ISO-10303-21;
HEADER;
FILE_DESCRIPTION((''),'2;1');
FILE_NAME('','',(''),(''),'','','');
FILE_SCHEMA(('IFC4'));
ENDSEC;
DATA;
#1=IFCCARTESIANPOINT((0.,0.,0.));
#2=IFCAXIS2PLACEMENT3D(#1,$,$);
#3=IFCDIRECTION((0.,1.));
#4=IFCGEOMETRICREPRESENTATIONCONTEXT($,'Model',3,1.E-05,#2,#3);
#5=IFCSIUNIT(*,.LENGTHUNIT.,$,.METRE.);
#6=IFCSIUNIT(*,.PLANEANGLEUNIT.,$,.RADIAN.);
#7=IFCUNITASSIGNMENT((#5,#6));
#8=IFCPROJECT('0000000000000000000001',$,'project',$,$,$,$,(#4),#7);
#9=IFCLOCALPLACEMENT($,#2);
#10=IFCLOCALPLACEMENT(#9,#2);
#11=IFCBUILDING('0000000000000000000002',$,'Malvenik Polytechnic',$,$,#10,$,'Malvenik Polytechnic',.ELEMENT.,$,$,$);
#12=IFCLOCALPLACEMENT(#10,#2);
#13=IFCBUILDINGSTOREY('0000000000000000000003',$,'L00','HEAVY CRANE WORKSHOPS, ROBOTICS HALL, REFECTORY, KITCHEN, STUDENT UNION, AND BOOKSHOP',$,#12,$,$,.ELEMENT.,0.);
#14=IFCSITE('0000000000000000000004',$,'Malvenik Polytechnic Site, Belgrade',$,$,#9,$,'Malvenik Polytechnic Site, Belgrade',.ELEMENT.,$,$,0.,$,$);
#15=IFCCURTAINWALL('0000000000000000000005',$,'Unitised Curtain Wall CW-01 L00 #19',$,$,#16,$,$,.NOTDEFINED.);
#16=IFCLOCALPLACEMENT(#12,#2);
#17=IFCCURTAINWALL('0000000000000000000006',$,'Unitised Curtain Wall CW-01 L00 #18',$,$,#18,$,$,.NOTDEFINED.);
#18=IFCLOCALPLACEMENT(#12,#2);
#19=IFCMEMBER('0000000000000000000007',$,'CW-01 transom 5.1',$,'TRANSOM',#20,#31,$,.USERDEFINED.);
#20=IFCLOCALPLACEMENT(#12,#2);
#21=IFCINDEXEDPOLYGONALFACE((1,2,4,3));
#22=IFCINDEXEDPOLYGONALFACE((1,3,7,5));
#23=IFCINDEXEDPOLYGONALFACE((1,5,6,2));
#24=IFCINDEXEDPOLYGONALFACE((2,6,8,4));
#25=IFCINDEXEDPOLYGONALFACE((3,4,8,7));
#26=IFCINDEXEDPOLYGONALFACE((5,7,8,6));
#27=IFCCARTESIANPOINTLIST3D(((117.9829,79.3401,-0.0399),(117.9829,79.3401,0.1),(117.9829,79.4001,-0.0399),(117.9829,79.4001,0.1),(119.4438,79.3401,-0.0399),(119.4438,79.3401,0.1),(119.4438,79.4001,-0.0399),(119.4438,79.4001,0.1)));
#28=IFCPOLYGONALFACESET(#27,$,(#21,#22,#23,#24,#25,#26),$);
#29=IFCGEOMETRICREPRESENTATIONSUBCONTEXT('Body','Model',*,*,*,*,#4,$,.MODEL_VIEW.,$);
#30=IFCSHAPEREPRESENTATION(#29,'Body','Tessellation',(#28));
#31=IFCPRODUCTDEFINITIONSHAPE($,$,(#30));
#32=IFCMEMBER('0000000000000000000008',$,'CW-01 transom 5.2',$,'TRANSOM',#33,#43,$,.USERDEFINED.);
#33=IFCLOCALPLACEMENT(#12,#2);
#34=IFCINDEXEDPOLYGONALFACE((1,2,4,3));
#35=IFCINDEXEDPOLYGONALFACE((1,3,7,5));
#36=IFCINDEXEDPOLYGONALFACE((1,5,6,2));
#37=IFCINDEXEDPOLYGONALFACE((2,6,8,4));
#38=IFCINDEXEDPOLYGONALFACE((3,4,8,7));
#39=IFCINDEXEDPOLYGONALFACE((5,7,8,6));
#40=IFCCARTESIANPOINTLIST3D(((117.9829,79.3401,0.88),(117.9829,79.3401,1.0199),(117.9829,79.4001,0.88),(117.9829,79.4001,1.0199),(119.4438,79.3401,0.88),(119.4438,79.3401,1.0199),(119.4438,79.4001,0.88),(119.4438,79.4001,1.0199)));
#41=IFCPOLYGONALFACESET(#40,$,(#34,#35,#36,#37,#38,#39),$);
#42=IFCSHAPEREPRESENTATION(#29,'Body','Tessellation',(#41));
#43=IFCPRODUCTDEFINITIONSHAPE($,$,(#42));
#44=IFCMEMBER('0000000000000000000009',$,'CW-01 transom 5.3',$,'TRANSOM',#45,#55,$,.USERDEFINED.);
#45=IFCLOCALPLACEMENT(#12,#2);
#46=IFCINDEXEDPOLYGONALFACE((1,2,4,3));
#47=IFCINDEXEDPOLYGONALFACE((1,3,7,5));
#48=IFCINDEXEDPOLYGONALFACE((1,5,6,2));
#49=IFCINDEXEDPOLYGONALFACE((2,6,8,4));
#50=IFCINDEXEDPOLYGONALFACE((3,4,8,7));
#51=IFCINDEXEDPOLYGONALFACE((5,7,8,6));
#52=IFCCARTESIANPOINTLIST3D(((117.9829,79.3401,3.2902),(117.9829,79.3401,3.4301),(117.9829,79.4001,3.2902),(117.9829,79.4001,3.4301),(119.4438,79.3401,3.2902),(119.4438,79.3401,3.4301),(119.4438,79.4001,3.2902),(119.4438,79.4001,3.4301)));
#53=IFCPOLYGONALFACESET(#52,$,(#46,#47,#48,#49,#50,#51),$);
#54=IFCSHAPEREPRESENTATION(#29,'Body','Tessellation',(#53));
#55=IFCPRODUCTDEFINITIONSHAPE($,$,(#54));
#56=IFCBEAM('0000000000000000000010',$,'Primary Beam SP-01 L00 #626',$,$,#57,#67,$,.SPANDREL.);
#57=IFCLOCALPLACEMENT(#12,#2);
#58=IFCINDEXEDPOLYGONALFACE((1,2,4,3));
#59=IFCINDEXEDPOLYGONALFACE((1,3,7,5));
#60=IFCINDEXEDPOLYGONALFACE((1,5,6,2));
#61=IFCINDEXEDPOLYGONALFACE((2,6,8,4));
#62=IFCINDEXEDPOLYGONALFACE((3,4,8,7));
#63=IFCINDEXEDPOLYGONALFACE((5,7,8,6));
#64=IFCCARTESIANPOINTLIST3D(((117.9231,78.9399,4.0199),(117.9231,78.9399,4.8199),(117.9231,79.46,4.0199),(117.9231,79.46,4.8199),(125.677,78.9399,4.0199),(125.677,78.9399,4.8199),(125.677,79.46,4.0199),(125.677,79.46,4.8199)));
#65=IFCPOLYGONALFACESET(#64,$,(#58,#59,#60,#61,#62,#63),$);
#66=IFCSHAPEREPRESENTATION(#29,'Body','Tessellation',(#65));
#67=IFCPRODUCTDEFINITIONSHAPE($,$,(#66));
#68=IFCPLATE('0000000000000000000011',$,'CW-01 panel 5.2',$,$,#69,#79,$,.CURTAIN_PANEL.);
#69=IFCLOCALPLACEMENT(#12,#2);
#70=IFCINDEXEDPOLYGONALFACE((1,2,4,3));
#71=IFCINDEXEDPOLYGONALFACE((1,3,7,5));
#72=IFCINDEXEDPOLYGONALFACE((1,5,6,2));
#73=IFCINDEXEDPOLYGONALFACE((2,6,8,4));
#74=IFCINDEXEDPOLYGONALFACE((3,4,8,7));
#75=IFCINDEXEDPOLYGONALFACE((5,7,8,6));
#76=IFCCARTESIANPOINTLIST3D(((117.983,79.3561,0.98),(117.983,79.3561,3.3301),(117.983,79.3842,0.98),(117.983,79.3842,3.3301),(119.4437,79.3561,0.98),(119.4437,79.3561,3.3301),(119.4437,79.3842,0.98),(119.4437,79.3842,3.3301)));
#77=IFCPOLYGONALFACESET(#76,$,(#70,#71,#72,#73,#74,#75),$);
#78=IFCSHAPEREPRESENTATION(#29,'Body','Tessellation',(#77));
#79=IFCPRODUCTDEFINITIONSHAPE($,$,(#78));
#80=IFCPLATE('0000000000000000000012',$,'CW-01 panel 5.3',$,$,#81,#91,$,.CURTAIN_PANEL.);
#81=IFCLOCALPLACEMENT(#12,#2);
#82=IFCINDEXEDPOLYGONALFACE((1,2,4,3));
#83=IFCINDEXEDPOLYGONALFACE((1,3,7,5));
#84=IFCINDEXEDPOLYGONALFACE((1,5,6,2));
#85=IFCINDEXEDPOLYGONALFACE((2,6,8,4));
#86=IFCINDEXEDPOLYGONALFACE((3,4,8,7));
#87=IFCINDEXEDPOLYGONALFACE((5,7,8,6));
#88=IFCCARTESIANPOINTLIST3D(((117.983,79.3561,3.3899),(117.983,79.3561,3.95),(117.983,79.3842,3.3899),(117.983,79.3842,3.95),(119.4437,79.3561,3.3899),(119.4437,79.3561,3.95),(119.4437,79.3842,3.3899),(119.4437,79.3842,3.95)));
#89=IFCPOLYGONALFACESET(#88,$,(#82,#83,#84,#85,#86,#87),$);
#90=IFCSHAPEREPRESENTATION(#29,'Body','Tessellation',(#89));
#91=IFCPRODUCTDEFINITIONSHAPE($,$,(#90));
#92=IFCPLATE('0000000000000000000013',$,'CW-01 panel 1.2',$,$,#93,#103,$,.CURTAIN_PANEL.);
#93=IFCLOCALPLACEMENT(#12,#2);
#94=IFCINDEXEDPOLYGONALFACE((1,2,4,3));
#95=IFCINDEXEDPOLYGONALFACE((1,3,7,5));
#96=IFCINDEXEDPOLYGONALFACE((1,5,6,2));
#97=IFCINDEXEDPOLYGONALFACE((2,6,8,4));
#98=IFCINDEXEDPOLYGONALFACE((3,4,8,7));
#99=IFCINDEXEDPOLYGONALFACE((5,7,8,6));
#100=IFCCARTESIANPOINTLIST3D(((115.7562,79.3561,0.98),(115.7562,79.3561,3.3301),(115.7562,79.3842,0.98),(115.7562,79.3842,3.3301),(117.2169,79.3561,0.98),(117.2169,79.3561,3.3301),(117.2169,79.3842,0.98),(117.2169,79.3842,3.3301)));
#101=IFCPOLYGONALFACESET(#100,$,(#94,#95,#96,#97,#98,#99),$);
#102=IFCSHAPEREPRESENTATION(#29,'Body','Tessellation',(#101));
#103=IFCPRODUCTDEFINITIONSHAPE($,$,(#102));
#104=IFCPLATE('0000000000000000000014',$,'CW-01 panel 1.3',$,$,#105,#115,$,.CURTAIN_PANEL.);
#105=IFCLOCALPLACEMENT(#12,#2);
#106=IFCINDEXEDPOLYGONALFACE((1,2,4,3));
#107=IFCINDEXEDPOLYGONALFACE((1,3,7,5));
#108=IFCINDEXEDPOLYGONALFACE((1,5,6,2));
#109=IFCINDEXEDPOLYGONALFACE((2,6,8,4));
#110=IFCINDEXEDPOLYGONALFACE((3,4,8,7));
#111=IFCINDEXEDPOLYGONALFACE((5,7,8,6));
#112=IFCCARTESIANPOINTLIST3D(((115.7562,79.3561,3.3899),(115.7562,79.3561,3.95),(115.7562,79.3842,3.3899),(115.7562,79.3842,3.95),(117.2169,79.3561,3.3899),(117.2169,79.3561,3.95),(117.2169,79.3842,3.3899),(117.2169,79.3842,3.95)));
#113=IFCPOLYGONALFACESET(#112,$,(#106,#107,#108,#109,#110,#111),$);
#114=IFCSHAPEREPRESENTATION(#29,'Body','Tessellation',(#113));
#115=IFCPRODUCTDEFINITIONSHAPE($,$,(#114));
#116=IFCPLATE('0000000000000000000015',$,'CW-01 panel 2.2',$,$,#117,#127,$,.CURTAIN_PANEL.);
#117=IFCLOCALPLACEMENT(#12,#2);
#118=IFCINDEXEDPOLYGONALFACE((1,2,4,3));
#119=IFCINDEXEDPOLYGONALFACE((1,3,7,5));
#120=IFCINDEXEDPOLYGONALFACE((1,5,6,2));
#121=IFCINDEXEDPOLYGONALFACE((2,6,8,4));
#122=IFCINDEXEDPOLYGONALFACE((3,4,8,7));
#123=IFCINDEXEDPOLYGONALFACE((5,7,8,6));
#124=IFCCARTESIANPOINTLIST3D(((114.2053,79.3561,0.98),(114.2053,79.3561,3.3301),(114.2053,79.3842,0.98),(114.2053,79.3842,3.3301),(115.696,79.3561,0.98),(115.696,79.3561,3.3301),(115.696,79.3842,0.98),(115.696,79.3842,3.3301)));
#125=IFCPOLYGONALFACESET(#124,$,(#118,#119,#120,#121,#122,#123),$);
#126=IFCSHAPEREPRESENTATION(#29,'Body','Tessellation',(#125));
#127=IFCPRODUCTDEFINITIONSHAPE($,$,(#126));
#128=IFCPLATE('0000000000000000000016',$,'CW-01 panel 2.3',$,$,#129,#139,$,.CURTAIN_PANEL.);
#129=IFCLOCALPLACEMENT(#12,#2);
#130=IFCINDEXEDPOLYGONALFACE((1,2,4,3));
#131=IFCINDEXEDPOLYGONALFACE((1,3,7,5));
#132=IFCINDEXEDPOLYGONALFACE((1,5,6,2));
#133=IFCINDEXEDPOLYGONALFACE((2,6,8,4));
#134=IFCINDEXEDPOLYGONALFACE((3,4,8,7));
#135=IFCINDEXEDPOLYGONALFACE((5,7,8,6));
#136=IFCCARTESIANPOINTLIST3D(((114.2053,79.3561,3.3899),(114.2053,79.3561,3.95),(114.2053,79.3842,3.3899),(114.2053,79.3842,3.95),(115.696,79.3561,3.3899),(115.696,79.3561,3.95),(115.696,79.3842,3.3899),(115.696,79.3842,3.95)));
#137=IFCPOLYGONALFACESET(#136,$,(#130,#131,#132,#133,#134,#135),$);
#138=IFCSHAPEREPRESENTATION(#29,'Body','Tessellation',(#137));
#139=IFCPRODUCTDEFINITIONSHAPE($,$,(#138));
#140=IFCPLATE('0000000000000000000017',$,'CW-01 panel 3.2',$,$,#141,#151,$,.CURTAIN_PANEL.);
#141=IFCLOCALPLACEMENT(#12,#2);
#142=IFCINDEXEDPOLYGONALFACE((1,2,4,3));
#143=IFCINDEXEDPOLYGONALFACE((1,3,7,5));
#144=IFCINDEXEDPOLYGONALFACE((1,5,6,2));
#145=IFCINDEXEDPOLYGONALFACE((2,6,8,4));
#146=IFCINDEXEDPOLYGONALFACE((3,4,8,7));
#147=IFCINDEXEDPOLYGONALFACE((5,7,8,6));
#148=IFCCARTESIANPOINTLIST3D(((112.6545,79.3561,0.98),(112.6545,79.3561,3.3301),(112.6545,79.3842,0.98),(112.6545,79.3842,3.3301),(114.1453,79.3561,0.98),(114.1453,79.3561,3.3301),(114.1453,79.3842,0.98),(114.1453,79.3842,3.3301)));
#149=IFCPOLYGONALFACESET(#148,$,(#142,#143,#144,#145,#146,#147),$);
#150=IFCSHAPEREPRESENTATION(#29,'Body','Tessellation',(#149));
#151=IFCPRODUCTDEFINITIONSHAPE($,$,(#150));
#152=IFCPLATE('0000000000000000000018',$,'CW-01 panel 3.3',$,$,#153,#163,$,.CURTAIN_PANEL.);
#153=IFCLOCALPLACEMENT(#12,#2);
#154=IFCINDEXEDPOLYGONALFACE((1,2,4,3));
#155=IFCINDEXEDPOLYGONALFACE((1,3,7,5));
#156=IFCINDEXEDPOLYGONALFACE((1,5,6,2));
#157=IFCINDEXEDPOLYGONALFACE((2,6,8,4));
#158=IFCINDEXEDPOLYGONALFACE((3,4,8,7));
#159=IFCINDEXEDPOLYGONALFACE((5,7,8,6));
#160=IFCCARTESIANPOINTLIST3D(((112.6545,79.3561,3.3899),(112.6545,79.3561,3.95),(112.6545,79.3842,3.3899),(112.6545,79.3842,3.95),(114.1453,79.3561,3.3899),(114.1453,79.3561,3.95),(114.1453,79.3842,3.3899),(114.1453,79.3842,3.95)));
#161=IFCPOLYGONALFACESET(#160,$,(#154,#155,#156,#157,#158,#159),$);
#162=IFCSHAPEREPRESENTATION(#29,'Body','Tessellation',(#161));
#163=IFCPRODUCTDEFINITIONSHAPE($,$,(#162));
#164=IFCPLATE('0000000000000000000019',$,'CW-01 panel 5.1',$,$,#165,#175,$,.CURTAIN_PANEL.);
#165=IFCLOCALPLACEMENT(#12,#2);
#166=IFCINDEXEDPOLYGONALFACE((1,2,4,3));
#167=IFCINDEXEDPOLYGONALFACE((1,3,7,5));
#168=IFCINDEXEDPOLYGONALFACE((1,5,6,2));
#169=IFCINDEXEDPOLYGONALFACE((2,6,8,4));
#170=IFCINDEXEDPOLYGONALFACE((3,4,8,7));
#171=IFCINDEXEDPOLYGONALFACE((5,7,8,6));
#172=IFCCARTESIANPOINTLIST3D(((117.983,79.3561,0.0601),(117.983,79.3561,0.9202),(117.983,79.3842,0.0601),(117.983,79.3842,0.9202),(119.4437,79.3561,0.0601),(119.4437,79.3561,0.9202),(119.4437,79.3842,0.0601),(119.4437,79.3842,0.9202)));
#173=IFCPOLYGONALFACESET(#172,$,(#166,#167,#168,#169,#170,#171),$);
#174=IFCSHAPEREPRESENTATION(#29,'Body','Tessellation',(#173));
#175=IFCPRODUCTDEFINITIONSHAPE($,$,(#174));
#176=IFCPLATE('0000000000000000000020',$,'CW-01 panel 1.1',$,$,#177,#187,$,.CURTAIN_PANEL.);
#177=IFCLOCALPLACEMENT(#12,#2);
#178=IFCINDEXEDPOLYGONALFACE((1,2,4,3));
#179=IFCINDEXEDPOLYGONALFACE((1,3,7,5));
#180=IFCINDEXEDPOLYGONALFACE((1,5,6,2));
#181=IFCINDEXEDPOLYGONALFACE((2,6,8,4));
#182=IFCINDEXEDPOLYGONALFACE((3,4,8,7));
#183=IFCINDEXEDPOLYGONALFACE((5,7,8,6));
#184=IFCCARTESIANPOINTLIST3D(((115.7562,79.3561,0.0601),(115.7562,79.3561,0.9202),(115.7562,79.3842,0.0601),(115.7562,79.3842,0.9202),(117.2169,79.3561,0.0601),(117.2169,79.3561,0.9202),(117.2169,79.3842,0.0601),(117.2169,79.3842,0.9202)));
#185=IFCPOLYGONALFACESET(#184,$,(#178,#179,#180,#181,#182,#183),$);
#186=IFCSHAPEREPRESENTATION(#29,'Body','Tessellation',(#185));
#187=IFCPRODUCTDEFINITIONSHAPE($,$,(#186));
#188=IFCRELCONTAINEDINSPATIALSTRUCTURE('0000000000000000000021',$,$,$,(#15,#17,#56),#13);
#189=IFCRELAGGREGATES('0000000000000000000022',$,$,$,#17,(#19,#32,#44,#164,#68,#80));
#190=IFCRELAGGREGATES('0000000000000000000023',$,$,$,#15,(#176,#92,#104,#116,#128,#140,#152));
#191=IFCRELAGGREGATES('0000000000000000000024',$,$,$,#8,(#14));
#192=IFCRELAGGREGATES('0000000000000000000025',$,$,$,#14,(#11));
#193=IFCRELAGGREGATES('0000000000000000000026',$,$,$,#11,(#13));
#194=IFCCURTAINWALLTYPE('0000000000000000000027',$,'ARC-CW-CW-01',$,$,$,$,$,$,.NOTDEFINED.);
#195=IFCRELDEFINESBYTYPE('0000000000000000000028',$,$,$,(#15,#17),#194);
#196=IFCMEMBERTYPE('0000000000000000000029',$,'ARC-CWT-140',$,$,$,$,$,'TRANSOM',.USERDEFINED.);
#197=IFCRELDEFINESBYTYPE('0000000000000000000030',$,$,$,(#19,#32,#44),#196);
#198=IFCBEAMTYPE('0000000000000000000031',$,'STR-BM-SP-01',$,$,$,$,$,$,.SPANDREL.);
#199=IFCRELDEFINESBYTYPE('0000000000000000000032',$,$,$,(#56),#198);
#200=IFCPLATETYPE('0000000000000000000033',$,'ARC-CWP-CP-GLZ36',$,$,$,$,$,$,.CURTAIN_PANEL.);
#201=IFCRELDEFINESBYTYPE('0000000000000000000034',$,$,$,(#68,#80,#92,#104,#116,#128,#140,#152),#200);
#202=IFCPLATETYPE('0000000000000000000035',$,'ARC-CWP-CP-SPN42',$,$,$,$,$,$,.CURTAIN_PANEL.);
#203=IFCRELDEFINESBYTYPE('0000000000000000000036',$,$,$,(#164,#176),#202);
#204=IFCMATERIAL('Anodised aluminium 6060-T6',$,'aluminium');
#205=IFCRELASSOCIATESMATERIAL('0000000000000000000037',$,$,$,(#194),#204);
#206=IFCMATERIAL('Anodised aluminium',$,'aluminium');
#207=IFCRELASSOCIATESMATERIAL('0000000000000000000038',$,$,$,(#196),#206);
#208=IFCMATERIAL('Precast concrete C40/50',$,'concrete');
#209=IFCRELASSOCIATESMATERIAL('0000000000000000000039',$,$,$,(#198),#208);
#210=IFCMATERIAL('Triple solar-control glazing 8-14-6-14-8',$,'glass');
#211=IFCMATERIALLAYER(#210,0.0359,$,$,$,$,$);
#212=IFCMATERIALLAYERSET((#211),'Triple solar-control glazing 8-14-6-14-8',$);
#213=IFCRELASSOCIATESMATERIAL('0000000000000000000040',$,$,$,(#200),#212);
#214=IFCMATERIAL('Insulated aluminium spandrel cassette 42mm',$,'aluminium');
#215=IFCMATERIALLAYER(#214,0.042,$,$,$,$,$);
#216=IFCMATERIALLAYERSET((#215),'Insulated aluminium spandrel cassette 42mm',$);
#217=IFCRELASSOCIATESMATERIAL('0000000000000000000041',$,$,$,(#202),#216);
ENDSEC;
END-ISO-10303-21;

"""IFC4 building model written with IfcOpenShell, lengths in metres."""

from ifc_helpers import new_model, si_unit, direction, frame, origin, origin_2d, place, context, subcontext, project, spatial, rectangle, extrude, material, layer, layer_set, material_profile, profile_set, type_object, element, aggregate, save


model = new_model("IFC4")

# Units and contexts
model_context = context("Model", 3, precision=1e-05, world=origin(), true_north=direction((0.0, 1.0)))
body_context = subcontext(model_context, "Body", "Model", "MODEL_VIEW")
ifc_project = project(units=[si_unit("LENGTHUNIT", "METRE"), si_unit("PLANEANGLEUNIT", "RADIAN")], contexts=[model_context])

# Site, building, storey
site_placement = place(None, origin())
site = spatial("IfcSite", under=ifc_project, at=site_placement, Name="Malvenik Polytechnic Site, Belgrade", LongName="Malvenik Polytechnic Site, Belgrade", CompositionType="ELEMENT", RefElevation=0.0)
building_placement = place(site_placement, origin())
building = spatial("IfcBuilding", under=site, at=building_placement, Name="Malvenik Polytechnic", LongName="Malvenik Polytechnic", CompositionType="ELEMENT")
storey_placement = place(building_placement, origin())
storey = spatial("IfcBuildingStorey", under=building, at=storey_placement, Name="L00", Description="HEAVY CRANE WORKSHOPS, ROBOTICS HALL, REFECTORY, KITCHEN, STUDENT UNION, AND BOOKSHOP", CompositionType="ELEMENT", Elevation=0.0)

# Curtain wall
ifc_material_1 = material(Name="Anodised aluminium 6060-T6", Category="aluminium")
curtain_wall_type = type_object("IfcCurtainWallType", Name="ARC-CW-CW-01", PredefinedType="NOTDEFINED", material=ifc_material_1)
curtain_wall_1_placement = place(storey_placement, origin())
curtain_wall_1 = element("IfcCurtainWall", 1, at=curtain_wall_1_placement, inside=storey, type_object=curtain_wall_type, Name="Unitised Curtain Wall CW-01 L00 #19", PredefinedType="NOTDEFINED")
ifc_material_2 = material(Name="Anodised aluminium", Category="aluminium")

# Curtain wall
curtain_wall_2_placement = place(storey_placement, origin())
curtain_wall_2 = element("IfcCurtainWall", 2, at=curtain_wall_2_placement, inside=storey, type_object=curtain_wall_type, Name="Unitised Curtain Wall CW-01 L00 #18", PredefinedType="NOTDEFINED")

# Members
ifc_material_profile_1 = material_profile(ifc_material_2, rectangle(XDim=0.0601, YDim=0.1399, at=origin_2d()), Name="ALU TRANSOM 60x140")
ifc_profile_set_1 = profile_set([ifc_material_profile_1], Name="Anodised aluminium")
member_type_1 = type_object("IfcMemberType", Name="ARC-CWT-140", ElementType="TRANSOM", PredefinedType="USERDEFINED", material=ifc_profile_set_1)
member_1_placement = place(storey_placement, frame((119.4438, 79.3701, 0.03), z_axis=(-1.0, 0.0, 0.0), x_axis=(0.0, -1.0, 0.0)))
member_1 = element("IfcMember", 3, at=member_1_placement, type_object=member_type_1, Name="CW-01 transom 5.1", ObjectType="TRANSOM", PredefinedType="USERDEFINED", context=body_context, shape_type="SweptSolid", body=[
    extrude(rectangle(XDim=0.0601, YDim=0.1399, at=origin_2d()), origin(), (0.0, 0.0, 1.0), 1.4609),
])
member_2_placement = place(storey_placement, frame((119.4438, 79.3701, 0.95), z_axis=(-1.0, 0.0, 0.0), x_axis=(0.0, -1.0, 0.0)))
member_2 = element("IfcMember", 4, at=member_2_placement, type_object=member_type_1, Name="CW-01 transom 5.2", ObjectType="TRANSOM", PredefinedType="USERDEFINED", context=body_context, shape_type="SweptSolid", body=[
    extrude(rectangle(XDim=0.0601, YDim=0.1399, at=origin_2d()), origin(), (0.0, 0.0, 1.0), 1.4609),
])
member_3_placement = place(storey_placement, frame((119.4438, 79.3701, 3.3601), z_axis=(-1.0, 0.0, 0.0), x_axis=(0.0, -1.0, 0.0)))
member_3 = element("IfcMember", 5, at=member_3_placement, type_object=member_type_1, Name="CW-01 transom 5.3", ObjectType="TRANSOM", PredefinedType="USERDEFINED", context=body_context, shape_type="SweptSolid", body=[
    extrude(rectangle(XDim=0.0601, YDim=0.1399, at=origin_2d()), origin(), (0.0, 0.0, 1.0), 1.4609),
])

# Beam
ifc_material_3 = material(Name="Precast concrete C40/50", Category="concrete")
ifc_material_profile_2 = material_profile(ifc_material_3, rectangle(XDim=0.52, YDim=0.8, at=origin_2d()), Name="PC SPN 520x800")
ifc_profile_set_2 = profile_set([ifc_material_profile_2], Name="Precast concrete C40/50")
beam_type = type_object("IfcBeamType", Name="STR-BM-SP-01", PredefinedType="SPANDREL", material=ifc_profile_set_2)
beam_placement = place(storey_placement, frame((117.9231, 79.2, 4.4199), z_axis=(1.0, 0.0, 0.0), x_axis=(0.0, 1.0, 0.0)))
element("IfcBeam", 6, at=beam_placement, inside=storey, type_object=beam_type, Name="Primary Beam SP-01 L00 #626", PredefinedType="SPANDREL", context=body_context, shape_type="SweptSolid", body=[
    extrude(rectangle(XDim=0.52, YDim=0.8, at=origin_2d()), origin(), (0.0, 0.0, 1.0), 7.7539),
])

# Plates
ifc_material_4 = material(Name="Triple solar-control glazing 8-14-6-14-8", Category="glass")
ifc_layer_1 = layer(ifc_material_4, 0.0359)
ifc_layer_set_1 = layer_set([ifc_layer_1], Name="Triple solar-control glazing 8-14-6-14-8")
plate_type_1 = type_object("IfcPlateType", Name="ARC-CWP-CP-GLZ36", PredefinedType="CURTAIN_PANEL", material=ifc_layer_set_1)
plate_1_placement = place(storey_placement, frame((118.7134, 79.3701, 0.98), z_axis=(0.0, 0.0, 1.0), x_axis=(-1.0, 0.0, 0.0)))
plate_1 = element("IfcPlate", 7, at=plate_1_placement, type_object=plate_type_1, Name="CW-01 panel 5.2", PredefinedType="CURTAIN_PANEL", context=body_context, shape_type="SweptSolid", body=[
    extrude(rectangle(XDim=1.4607, YDim=0.0281, at=origin_2d()), origin(), (0.0, 0.0, 1.0), 2.3501),
])
plate_2_placement = place(storey_placement, frame((118.7134, 79.3701, 3.3899), z_axis=(0.0, 0.0, 1.0), x_axis=(-1.0, 0.0, 0.0)))
plate_2 = element("IfcPlate", 8, at=plate_2_placement, type_object=plate_type_1, Name="CW-01 panel 5.3", PredefinedType="CURTAIN_PANEL", context=body_context, shape_type="SweptSolid", body=[
    extrude(rectangle(XDim=1.4607, YDim=0.0281, at=origin_2d()), origin(), (0.0, 0.0, 1.0), 0.5601),
])
plate_3_placement = place(storey_placement, frame((116.4866, 79.3701, 0.98), z_axis=(0.0, 0.0, 1.0), x_axis=(-1.0, 0.0, 0.0)))
plate_3 = element("IfcPlate", 9, at=plate_3_placement, type_object=plate_type_1, Name="CW-01 panel 1.2", PredefinedType="CURTAIN_PANEL", context=body_context, shape_type="SweptSolid", body=[
    extrude(rectangle(XDim=1.4607, YDim=0.0281, at=origin_2d()), origin(), (0.0, 0.0, 1.0), 2.3501),
])
plate_4_placement = place(storey_placement, frame((116.4866, 79.3701, 3.3899), z_axis=(0.0, 0.0, 1.0), x_axis=(-1.0, 0.0, 0.0)))
plate_4 = element("IfcPlate", 10, at=plate_4_placement, type_object=plate_type_1, Name="CW-01 panel 1.3", PredefinedType="CURTAIN_PANEL", context=body_context, shape_type="SweptSolid", body=[
    extrude(rectangle(XDim=1.4607, YDim=0.0281, at=origin_2d()), origin(), (0.0, 0.0, 1.0), 0.5601),
])
plate_5_placement = place(storey_placement, frame((114.9507, 79.3701, 0.98), z_axis=(0.0, 0.0, 1.0), x_axis=(-1.0, 0.0, 0.0)))
plate_5 = element("IfcPlate", 11, at=plate_5_placement, type_object=plate_type_1, Name="CW-01 panel 2.2", PredefinedType="CURTAIN_PANEL", context=body_context, shape_type="SweptSolid", body=[
    extrude(rectangle(XDim=1.4907, YDim=0.0281, at=origin_2d()), origin(), (0.0, 0.0, 1.0), 2.3501),
])
plate_6_placement = place(storey_placement, frame((114.9507, 79.3701, 3.3899), z_axis=(0.0, 0.0, 1.0), x_axis=(-1.0, 0.0, 0.0)))
plate_6 = element("IfcPlate", 12, at=plate_6_placement, type_object=plate_type_1, Name="CW-01 panel 2.3", PredefinedType="CURTAIN_PANEL", context=body_context, shape_type="SweptSolid", body=[
    extrude(rectangle(XDim=1.4907, YDim=0.0281, at=origin_2d()), origin(), (0.0, 0.0, 1.0), 0.5601),
])
plate_7_placement = place(storey_placement, frame((113.3999, 79.3701, 0.98), z_axis=(0.0, 0.0, 1.0), x_axis=(-1.0, 0.0, 0.0)))
plate_7 = element("IfcPlate", 13, at=plate_7_placement, type_object=plate_type_1, Name="CW-01 panel 3.2", PredefinedType="CURTAIN_PANEL", context=body_context, shape_type="SweptSolid", body=[
    extrude(rectangle(XDim=1.4907, YDim=0.0281, at=origin_2d()), origin(), (0.0, 0.0, 1.0), 2.3501),
])
plate_8_placement = place(storey_placement, frame((113.3999, 79.3701, 3.3899), z_axis=(0.0, 0.0, 1.0), x_axis=(-1.0, 0.0, 0.0)))
plate_8 = element("IfcPlate", 14, at=plate_8_placement, type_object=plate_type_1, Name="CW-01 panel 3.3", PredefinedType="CURTAIN_PANEL", context=body_context, shape_type="SweptSolid", body=[
    extrude(rectangle(XDim=1.4907, YDim=0.0281, at=origin_2d()), origin(), (0.0, 0.0, 1.0), 0.5601),
])
ifc_material_5 = material(Name="Insulated aluminium spandrel cassette 42mm", Category="aluminium")
ifc_layer_2 = layer(ifc_material_5, 0.042)
ifc_layer_set_2 = layer_set([ifc_layer_2], Name="Insulated aluminium spandrel cassette 42mm")
plate_type_2 = type_object("IfcPlateType", Name="ARC-CWP-CP-SPN42", PredefinedType="CURTAIN_PANEL", material=ifc_layer_set_2)
plate_9_placement = place(storey_placement, frame((118.7134, 79.3701, 0.0601), z_axis=(0.0, 0.0, 1.0), x_axis=(-1.0, 0.0, 0.0)))
plate_9 = element("IfcPlate", 15, at=plate_9_placement, type_object=plate_type_2, Name="CW-01 panel 5.1", PredefinedType="CURTAIN_PANEL", context=body_context, shape_type="SweptSolid", body=[
    extrude(rectangle(XDim=1.4607, YDim=0.0281, at=origin_2d()), origin(), (0.0, 0.0, 1.0), 0.8601),
])
aggregate(curtain_wall_2, [member_1, member_2, member_3, plate_9, plate_1, plate_2])
plate_10_placement = place(storey_placement, frame((116.4866, 79.3701, 0.0601), z_axis=(0.0, 0.0, 1.0), x_axis=(-1.0, 0.0, 0.0)))
plate_10 = element("IfcPlate", 16, at=plate_10_placement, type_object=plate_type_2, Name="CW-01 panel 1.1", PredefinedType="CURTAIN_PANEL", context=body_context, shape_type="SweptSolid", body=[
    extrude(rectangle(XDim=1.4607, YDim=0.0281, at=origin_2d()), origin(), (0.0, 0.0, 1.0), 0.8601),
])
aggregate(curtain_wall_1, [plate_10, plate_3, plate_4, plate_5, plate_6, plate_7, plate_8])

save(model, "model.ifc")
